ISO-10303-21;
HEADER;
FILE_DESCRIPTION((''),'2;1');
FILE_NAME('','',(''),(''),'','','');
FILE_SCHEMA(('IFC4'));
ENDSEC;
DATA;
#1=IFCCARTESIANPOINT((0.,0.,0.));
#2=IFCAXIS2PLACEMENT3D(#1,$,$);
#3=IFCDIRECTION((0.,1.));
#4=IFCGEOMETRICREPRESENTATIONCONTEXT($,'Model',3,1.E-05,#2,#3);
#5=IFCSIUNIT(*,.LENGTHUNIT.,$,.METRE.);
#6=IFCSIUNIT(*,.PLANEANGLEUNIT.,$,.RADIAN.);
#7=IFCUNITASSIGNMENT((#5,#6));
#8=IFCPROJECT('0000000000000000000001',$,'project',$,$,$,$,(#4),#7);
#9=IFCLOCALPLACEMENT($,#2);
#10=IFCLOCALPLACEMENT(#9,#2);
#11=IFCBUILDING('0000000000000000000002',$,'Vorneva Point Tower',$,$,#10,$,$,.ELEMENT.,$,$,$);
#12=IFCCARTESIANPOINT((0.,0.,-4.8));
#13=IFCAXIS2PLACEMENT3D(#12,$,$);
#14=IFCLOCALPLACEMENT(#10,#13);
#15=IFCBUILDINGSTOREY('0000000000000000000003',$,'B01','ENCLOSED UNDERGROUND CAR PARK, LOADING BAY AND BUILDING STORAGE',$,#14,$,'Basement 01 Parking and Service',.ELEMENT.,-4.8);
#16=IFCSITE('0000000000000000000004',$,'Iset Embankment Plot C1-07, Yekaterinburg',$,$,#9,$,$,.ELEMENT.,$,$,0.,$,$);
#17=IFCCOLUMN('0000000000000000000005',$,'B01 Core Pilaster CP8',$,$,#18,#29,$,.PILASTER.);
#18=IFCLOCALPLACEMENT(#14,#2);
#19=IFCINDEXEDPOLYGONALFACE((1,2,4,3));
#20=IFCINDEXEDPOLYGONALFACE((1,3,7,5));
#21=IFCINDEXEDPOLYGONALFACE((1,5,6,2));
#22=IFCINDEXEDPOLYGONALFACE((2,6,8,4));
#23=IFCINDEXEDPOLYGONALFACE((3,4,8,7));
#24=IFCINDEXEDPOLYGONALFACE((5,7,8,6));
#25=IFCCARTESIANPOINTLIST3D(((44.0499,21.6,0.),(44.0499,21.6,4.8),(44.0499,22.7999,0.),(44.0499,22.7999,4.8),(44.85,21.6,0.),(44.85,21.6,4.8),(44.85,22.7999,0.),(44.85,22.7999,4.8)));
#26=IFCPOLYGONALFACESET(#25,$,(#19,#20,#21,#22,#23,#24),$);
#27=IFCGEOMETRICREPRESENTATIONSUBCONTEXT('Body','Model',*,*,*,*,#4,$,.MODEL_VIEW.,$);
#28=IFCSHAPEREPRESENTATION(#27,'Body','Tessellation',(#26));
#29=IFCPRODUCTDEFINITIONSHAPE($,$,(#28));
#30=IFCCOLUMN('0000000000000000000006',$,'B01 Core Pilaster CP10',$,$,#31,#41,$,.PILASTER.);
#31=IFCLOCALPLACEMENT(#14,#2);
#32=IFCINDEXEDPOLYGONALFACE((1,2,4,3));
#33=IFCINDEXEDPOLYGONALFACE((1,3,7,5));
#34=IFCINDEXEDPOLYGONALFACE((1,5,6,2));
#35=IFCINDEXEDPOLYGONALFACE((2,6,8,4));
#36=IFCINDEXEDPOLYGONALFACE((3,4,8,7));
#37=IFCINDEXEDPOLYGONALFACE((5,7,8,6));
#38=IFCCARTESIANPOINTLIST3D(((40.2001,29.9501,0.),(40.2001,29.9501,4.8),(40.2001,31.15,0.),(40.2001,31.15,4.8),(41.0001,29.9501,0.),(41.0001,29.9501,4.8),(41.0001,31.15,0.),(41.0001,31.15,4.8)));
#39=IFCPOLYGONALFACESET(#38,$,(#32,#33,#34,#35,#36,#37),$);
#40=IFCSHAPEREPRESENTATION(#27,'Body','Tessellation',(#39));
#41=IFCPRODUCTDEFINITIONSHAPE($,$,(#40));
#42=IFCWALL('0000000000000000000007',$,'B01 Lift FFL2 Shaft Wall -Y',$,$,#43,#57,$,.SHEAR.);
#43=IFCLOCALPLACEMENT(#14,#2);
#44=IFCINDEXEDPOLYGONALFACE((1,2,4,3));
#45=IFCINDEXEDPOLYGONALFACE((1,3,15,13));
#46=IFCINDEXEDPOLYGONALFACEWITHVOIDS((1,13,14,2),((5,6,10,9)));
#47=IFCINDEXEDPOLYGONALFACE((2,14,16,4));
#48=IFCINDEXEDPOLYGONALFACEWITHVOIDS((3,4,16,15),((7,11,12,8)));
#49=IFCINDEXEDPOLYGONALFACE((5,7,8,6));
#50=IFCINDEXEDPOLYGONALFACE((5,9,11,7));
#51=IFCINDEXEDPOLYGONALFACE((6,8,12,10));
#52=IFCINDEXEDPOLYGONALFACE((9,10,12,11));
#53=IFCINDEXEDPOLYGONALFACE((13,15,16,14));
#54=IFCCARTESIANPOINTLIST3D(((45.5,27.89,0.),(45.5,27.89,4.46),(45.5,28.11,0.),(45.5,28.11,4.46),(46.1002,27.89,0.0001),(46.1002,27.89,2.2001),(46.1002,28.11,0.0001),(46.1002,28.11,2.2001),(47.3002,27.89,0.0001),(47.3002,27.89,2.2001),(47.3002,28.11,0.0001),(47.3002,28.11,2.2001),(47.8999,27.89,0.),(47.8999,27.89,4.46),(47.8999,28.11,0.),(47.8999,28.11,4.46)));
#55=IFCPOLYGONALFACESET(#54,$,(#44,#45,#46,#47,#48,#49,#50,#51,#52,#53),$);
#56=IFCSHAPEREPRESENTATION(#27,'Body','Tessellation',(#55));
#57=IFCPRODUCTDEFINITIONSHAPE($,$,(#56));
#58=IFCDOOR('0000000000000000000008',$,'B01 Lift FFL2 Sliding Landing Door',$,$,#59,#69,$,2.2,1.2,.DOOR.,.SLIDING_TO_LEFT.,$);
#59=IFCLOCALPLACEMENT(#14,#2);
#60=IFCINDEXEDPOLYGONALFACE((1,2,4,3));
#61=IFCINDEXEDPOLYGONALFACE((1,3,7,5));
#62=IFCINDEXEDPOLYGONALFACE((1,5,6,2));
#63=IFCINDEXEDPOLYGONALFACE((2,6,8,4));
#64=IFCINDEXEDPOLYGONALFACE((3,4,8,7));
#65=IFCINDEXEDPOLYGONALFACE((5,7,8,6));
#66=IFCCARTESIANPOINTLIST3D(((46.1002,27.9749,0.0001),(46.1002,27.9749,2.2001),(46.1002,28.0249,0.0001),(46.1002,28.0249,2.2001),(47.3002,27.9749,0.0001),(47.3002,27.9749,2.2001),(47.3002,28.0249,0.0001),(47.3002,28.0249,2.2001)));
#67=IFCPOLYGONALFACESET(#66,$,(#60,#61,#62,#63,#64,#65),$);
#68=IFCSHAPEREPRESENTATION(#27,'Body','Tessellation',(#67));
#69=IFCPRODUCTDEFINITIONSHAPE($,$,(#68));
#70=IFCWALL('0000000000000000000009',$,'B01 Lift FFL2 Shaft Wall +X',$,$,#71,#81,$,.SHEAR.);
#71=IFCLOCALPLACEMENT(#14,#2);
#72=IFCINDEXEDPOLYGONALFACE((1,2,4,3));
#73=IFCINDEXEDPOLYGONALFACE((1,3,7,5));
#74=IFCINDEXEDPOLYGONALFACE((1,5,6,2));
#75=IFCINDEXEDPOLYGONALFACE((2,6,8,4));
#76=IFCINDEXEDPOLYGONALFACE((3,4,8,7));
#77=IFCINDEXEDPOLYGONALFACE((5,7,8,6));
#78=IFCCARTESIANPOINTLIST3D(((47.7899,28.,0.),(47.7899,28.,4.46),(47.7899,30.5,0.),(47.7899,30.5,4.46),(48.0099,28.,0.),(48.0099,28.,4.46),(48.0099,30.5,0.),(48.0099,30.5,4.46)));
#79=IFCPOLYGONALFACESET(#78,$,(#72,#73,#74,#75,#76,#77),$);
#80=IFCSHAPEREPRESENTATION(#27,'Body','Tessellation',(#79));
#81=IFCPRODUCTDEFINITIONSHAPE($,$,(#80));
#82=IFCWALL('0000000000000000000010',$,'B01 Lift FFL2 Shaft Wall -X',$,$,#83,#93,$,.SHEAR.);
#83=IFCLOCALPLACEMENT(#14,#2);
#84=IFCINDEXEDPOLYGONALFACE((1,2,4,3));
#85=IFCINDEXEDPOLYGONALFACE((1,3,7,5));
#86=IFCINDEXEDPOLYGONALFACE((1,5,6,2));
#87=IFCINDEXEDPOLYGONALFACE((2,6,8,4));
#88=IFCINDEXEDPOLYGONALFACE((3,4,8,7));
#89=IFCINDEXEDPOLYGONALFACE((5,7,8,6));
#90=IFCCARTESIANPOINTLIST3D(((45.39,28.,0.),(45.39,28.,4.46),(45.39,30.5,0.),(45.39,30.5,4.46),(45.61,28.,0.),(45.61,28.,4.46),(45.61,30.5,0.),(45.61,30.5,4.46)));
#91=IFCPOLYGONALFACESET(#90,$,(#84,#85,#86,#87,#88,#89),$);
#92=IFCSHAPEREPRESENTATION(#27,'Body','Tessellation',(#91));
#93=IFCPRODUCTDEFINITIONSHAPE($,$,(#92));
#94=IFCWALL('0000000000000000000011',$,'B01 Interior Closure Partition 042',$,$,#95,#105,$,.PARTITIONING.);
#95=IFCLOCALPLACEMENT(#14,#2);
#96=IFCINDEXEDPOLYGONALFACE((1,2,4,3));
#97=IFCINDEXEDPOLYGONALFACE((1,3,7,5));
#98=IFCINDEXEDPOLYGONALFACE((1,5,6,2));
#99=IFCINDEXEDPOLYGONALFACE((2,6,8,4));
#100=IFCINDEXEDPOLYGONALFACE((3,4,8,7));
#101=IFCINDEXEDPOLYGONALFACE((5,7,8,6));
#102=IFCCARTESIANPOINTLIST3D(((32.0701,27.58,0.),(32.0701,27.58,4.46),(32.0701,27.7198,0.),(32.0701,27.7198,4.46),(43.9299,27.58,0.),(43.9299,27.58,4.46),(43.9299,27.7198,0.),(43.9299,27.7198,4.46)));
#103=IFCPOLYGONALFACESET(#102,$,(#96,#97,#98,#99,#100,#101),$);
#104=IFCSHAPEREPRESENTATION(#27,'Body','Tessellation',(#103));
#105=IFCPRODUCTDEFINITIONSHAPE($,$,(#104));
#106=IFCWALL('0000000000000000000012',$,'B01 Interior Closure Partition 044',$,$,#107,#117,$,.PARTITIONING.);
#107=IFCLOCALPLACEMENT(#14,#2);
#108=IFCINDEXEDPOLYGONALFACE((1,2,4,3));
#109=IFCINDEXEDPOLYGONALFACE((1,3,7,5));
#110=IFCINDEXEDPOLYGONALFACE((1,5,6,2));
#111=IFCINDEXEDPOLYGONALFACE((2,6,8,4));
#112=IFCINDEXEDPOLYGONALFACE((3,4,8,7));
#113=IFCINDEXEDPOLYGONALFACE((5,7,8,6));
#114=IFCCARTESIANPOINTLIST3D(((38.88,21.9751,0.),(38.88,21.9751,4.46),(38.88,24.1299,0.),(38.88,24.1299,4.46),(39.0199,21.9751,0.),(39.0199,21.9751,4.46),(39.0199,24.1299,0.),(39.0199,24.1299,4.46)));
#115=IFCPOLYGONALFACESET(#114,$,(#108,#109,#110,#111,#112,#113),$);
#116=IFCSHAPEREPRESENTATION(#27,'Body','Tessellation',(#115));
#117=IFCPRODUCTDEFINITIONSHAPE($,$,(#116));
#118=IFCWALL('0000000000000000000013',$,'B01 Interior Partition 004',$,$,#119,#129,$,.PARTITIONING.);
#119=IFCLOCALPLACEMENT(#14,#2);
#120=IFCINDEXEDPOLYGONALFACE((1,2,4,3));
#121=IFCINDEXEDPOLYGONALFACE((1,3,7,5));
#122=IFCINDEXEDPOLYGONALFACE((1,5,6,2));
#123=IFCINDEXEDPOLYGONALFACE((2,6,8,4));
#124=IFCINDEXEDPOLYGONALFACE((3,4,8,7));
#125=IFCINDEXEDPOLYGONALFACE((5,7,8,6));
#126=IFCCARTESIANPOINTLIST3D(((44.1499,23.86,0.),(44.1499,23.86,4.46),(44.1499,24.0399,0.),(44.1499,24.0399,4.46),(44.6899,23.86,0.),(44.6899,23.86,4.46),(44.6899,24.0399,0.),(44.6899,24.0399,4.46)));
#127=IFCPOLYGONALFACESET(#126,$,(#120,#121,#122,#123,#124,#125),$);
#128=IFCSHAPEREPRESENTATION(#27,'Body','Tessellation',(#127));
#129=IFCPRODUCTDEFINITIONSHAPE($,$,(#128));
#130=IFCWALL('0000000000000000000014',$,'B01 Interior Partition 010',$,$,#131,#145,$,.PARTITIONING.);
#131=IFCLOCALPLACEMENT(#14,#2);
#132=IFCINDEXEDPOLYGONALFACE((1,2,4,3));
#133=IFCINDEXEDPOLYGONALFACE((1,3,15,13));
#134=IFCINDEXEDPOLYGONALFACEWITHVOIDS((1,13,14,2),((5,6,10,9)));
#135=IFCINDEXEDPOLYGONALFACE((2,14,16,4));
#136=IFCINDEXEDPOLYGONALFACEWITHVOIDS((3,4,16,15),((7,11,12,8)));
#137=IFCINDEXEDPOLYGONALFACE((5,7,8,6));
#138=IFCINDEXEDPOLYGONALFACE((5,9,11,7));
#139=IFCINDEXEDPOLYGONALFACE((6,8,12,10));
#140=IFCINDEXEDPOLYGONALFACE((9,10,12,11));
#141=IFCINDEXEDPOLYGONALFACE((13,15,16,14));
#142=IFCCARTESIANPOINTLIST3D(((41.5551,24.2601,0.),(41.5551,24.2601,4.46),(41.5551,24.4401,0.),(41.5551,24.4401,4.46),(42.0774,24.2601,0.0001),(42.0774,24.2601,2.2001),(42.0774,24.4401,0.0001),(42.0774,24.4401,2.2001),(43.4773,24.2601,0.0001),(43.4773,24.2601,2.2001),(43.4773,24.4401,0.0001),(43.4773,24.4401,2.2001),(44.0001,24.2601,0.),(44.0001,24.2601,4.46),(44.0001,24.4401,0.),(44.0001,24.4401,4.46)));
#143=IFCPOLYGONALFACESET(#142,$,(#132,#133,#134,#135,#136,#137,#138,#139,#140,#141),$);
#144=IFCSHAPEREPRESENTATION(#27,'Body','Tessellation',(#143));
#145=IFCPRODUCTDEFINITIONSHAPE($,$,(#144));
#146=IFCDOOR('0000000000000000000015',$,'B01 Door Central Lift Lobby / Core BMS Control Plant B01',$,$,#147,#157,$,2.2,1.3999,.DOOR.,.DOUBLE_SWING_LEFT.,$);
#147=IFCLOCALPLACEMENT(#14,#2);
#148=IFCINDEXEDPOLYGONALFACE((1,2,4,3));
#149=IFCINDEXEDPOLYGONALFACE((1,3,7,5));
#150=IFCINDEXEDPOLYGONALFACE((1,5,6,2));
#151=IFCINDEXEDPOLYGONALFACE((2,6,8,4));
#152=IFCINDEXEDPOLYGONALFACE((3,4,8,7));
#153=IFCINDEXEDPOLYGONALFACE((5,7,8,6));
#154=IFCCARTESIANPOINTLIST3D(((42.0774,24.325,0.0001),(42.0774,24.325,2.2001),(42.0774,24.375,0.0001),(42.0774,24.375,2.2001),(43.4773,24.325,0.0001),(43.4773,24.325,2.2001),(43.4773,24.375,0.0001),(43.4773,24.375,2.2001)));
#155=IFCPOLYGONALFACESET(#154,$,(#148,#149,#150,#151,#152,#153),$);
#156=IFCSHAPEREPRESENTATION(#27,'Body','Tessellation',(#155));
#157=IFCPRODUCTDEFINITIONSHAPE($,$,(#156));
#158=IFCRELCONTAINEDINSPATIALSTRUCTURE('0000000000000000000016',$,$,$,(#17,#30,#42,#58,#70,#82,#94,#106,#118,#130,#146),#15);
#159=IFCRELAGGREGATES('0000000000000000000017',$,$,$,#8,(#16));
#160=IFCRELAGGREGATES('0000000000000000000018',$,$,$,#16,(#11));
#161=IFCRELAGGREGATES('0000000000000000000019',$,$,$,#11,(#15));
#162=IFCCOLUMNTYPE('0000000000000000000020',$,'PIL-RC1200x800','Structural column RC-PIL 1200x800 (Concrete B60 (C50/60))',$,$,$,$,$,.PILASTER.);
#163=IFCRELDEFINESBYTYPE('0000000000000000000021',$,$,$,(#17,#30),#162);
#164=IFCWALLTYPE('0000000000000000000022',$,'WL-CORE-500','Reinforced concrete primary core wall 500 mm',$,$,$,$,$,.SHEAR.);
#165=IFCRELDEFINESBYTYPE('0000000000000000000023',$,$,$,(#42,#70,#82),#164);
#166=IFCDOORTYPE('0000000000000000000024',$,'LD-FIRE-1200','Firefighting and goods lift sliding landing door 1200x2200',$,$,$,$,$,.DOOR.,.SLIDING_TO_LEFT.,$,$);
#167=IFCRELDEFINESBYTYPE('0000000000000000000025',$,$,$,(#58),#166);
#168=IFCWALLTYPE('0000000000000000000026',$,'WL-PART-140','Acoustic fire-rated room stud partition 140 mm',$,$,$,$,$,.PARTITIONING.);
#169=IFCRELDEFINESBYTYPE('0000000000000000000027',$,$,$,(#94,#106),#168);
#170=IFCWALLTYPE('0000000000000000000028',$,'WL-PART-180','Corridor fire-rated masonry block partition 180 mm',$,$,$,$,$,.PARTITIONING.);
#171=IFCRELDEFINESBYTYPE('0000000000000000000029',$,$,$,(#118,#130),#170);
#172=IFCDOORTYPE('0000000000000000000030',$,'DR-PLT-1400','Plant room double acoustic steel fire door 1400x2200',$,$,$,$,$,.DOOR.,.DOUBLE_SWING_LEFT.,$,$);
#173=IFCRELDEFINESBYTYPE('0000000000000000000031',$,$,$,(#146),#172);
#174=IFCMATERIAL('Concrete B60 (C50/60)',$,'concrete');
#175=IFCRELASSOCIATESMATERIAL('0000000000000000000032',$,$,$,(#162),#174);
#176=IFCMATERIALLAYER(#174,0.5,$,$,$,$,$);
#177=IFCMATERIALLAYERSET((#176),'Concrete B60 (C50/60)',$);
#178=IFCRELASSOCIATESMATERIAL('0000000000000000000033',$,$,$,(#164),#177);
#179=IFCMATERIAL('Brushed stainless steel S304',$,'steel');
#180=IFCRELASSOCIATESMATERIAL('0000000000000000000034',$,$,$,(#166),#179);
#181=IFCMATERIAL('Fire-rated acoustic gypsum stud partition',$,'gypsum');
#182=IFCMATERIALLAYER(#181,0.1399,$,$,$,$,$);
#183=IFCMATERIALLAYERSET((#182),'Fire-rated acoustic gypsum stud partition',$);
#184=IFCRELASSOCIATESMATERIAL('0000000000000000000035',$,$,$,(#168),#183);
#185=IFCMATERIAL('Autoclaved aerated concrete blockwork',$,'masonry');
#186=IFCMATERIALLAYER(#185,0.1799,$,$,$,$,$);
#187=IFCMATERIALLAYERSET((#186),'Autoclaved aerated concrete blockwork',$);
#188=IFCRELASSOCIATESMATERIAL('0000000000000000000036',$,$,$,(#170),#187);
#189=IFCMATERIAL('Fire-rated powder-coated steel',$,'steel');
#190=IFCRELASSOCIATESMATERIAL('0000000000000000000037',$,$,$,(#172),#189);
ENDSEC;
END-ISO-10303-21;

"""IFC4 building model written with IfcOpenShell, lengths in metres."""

from ifc_helpers import new_model, si_unit, direction, frame, frame_2d, origin, origin_2d, place, context, subcontext, project, spatial, rectangle, extrude, material, layer, layer_set, material_profile, profile_set, type_object, element, fill, save


model = new_model("IFC4")

# Units and contexts
model_context = context("Model", 3, precision=1e-05, world=origin(), true_north=direction((0.0, 1.0)))
body_context = subcontext(model_context, "Body", "Model", "MODEL_VIEW")
ifc_project = project(units=[si_unit("LENGTHUNIT", "METRE"), si_unit("PLANEANGLEUNIT", "RADIAN")], contexts=[model_context])

# Site, building, storey
site_placement = place(None, origin())
site = spatial("IfcSite", under=ifc_project, at=site_placement, Name="Iset Embankment Plot C1-07, Yekaterinburg", CompositionType="ELEMENT", RefElevation=0.0)
building_placement = place(site_placement, origin())
building = spatial("IfcBuilding", under=site, at=building_placement, Name="Vorneva Point Tower", CompositionType="ELEMENT")
storey_placement = place(building_placement, frame((0.0, 0.0, -4.8)))
storey = spatial("IfcBuildingStorey", under=building, at=storey_placement, Name="B01", Description="ENCLOSED UNDERGROUND CAR PARK, LOADING BAY AND BUILDING STORAGE", LongName="Basement 01 Parking and Service", CompositionType="ELEMENT", Elevation=-4.8)

# Columns
ifc_material_1 = material(Name="Concrete B60 (C50/60)", Category="concrete")
ifc_material_profile = material_profile(ifc_material_1, rectangle(XDim=0.8, YDim=1.2, at=origin_2d()), Name="RC-PIL 1200x800")
ifc_profile_set = profile_set([ifc_material_profile], Name="Concrete B60 (C50/60)")
column_type = type_object("IfcColumnType", Name="PIL-RC1200x800", Description="Structural column RC-PIL 1200x800 (Concrete B60 (C50/60))", PredefinedType="PILASTER", material=ifc_profile_set)
for number, where, z_axis, x_axis, name in (
    (1, (44.45, 22.2, 0.0), (0.0, 0.0, 1.0), (1.0, 0.0, 0.0), "B01 Core Pilaster CP8"),
    (2, (40.6001, 30.55, 0.0), (0.0, 0.0, 1.0), (1.0, 0.0, 0.0), "B01 Core Pilaster CP10"),
):
    element("IfcColumn", number, at=place(storey_placement, frame(where, z_axis=z_axis, x_axis=x_axis)), inside=storey, type_object=column_type, Name=name, PredefinedType="PILASTER", context=body_context, shape_type="SweptSolid", body=[
        extrude(rectangle(XDim=0.8, YDim=1.2, at=origin_2d()), origin(), (0.0, 0.0, 1.0), 4.8),
    ])

# Wall, opening, door
ifc_layer_1 = layer(ifc_material_1, 0.5)
ifc_layer_set_1 = layer_set([ifc_layer_1], Name="Concrete B60 (C50/60)")
wall_type_1 = type_object("IfcWallType", Name="WL-CORE-500", Description="Reinforced concrete primary core wall 500 mm", PredefinedType="SHEAR", material=ifc_layer_set_1)
wall_1_placement = place(storey_placement, frame((45.5, 28.0, 0.0), z_axis=(0.0, 0.0, 1.0), x_axis=(1.0, 0.0, 0.0)))
wall_1 = element("IfcWall", 3, at=wall_1_placement, inside=storey, type_object=wall_type_1, Name="B01 Lift FFL2 Shaft Wall -Y", PredefinedType="SHEAR", context=body_context, shape_type="SweptSolid", body=[
    extrude(rectangle(XDim=2.3999, YDim=0.22, at=frame_2d((1.2, 0.0))), origin(), (0.0, 0.0, 1.0), 4.46),
])
opening_1_placement = place(wall_1_placement, frame((0.6001, 0.0, 0.0)))
opening_1 = element("IfcOpeningElement", 4, at=opening_1_placement, cuts=wall_1, PredefinedType="OPENING", context=body_context, shape_type="SweptSolid", body=[
    extrude(rectangle(XDim=1.2, YDim=2.2, at=frame_2d((0.6001, 1.1001))), frame((0.0, 0.125, 0.0), z_axis=(0.0, -1.0, 0.0), x_axis=(1.0, 0.0, 0.0)), (0.0, 0.0, 1.0), 0.2498),
])
ifc_material_2 = material(Name="Brushed stainless steel S304", Category="steel")
door_type_1 = type_object("IfcDoorType", Name="LD-FIRE-1200", Description="Firefighting and goods lift sliding landing door 1200x2200", OperationType="SLIDING_TO_LEFT", PredefinedType="DOOR", material=ifc_material_2)
door_1_placement = place(opening_1_placement, origin())
door_1 = element("IfcDoor", 5, at=door_1_placement, inside=storey, type_object=door_type_1, Name="B01 Lift FFL2 Sliding Landing Door", OperationType="SLIDING_TO_LEFT", OverallHeight=2.2, OverallWidth=1.2, PredefinedType="DOOR", context=body_context, shape_type="SweptSolid", body=[
    extrude(rectangle(XDim=1.2, YDim=2.2, at=frame_2d((0.6001, 1.1001))), frame((0.0, 0.0249, 0.0), z_axis=(0.0, -1.0, 0.0), x_axis=(1.0, 0.0, 0.0)), (0.0, 0.0, 1.0), 0.05),
])
fill(opening_1, door_1)

# Walls
for number, where, z_axis, x_axis, name in (
    (6, (47.8999, 28.0, 0.0), (0.0, 0.0, 1.0), (0.0, 1.0, 0.0), "B01 Lift FFL2 Shaft Wall +X"),
    (7, (45.5, 30.5, 0.0), (0.0, 0.0, 1.0), (0.0, -1.0, 0.0), "B01 Lift FFL2 Shaft Wall -X"),
):
    element("IfcWall", number, at=place(storey_placement, frame(where, z_axis=z_axis, x_axis=x_axis)), inside=storey, type_object=wall_type_1, Name=name, PredefinedType="SHEAR", context=body_context, shape_type="SweptSolid", body=[
        extrude(rectangle(XDim=2.5, YDim=0.22, at=frame_2d((1.25, 0.0))), origin(), (0.0, 0.0, 1.0), 4.46),
    ])
ifc_material_3 = material(Name="Fire-rated acoustic gypsum stud partition", Category="gypsum")
ifc_layer_2 = layer(ifc_material_3, 0.1399)
ifc_layer_set_2 = layer_set([ifc_layer_2], Name="Fire-rated acoustic gypsum stud partition")
wall_type_2 = type_object("IfcWallType", Name="WL-PART-140", Description="Acoustic fire-rated room stud partition 140 mm", PredefinedType="PARTITIONING", material=ifc_layer_set_2)
wall_2_placement = place(storey_placement, frame((43.9299, 27.6499, 0.0), z_axis=(0.0, 0.0, 1.0), x_axis=(-1.0, 0.0, 0.0)))
element("IfcWall", 8, at=wall_2_placement, inside=storey, type_object=wall_type_2, Name="B01 Interior Closure Partition 042", PredefinedType="PARTITIONING", context=body_context, shape_type="SweptSolid", body=[
    extrude(rectangle(XDim=11.8599, YDim=0.1399, at=frame_2d((5.9299, 0.0))), origin(), (0.0, 0.0, 1.0), 4.46),
])
wall_3_placement = place(storey_placement, frame((38.95, 24.1299, 0.0), z_axis=(0.0, 0.0, 1.0), x_axis=(0.0, -1.0, 0.0)))
element("IfcWall", 9, at=wall_3_placement, inside=storey, type_object=wall_type_2, Name="B01 Interior Closure Partition 044", PredefinedType="PARTITIONING", context=body_context, shape_type="SweptSolid", body=[
    extrude(rectangle(XDim=2.1548, YDim=0.1399, at=frame_2d((1.0774, 0.0))), origin(), (0.0, 0.0, 1.0), 4.46),
])

# Shared definitions
ifc_material_4 = material(Name="Autoclaved aerated concrete blockwork", Category="masonry")
ifc_layer_3 = layer(ifc_material_4, 0.1799)
ifc_layer_set_3 = layer_set([ifc_layer_3], Name="Autoclaved aerated concrete blockwork")
wall_type_3 = type_object("IfcWallType", Name="WL-PART-180", Description="Corridor fire-rated masonry block partition 180 mm", PredefinedType="PARTITIONING", material=ifc_layer_set_3)
ifc_material_5 = material(Name="Fire-rated powder-coated steel", Category="steel")

# Wall
wall_4_placement = place(storey_placement, frame((44.1499, 23.95, 0.0), z_axis=(0.0, 0.0, 1.0), x_axis=(1.0, 0.0, 0.0)))
element("IfcWall", 10, at=wall_4_placement, inside=storey, type_object=wall_type_3, Name="B01 Interior Partition 004", PredefinedType="PARTITIONING", context=body_context, shape_type="SweptSolid", body=[
    extrude(rectangle(XDim=0.54, YDim=0.1799, at=frame_2d((0.27, 0.0))), origin(), (0.0, 0.0, 1.0), 4.46),
])

# Wall, opening, door
wall_5_placement = place(storey_placement, frame((41.5549, 24.3501, 0.0), z_axis=(0.0, 0.0, 1.0), x_axis=(1.0, 0.0, 0.0)))
wall_5 = element("IfcWall", 11, at=wall_5_placement, inside=storey, type_object=wall_type_3, Name="B01 Interior Partition 010", PredefinedType="PARTITIONING", context=body_context, shape_type="SweptSolid", body=[
    extrude(rectangle(XDim=2.4451, YDim=0.1799, at=frame_2d((1.2227, 0.0))), origin(), (0.0, 0.0, 1.0), 4.46),
])
opening_2_placement = place(wall_5_placement, frame((0.5225, 0.0, 0.0)))
opening_2 = element("IfcOpeningElement", 12, at=opening_2_placement, cuts=wall_5, PredefinedType="OPENING", context=body_context, shape_type="SweptSolid", body=[
    extrude(rectangle(XDim=1.3999, YDim=2.2, at=frame_2d((0.7, 1.1001))), frame((0.0, 0.105, 0.0), z_axis=(0.0, -1.0, 0.0), x_axis=(1.0, 0.0, 0.0)), (0.0, 0.0, 1.0), 0.2097),
])
door_type_2 = type_object("IfcDoorType", Name="DR-PLT-1400", Description="Plant room double acoustic steel fire door 1400x2200", OperationType="DOUBLE_SWING_LEFT", PredefinedType="DOOR", material=ifc_material_5)
door_2_placement = place(opening_2_placement, origin())
door_2 = element("IfcDoor", 13, at=door_2_placement, inside=storey, type_object=door_type_2, Name="B01 Door Central Lift Lobby / Core BMS Control Plant B01", OperationType="DOUBLE_SWING_LEFT", OverallHeight=2.2, OverallWidth=1.3999, PredefinedType="DOOR", context=body_context, shape_type="SweptSolid", body=[
    extrude(rectangle(XDim=1.3999, YDim=2.2, at=frame_2d((0.7, 1.1001))), frame((0.0, 0.0249, 0.0), z_axis=(0.0, -1.0, 0.0), x_axis=(1.0, 0.0, 0.0)), (0.0, 0.0, 1.0), 0.05),
])
fill(opening_2, door_2)

save(model, "model.ifc")
